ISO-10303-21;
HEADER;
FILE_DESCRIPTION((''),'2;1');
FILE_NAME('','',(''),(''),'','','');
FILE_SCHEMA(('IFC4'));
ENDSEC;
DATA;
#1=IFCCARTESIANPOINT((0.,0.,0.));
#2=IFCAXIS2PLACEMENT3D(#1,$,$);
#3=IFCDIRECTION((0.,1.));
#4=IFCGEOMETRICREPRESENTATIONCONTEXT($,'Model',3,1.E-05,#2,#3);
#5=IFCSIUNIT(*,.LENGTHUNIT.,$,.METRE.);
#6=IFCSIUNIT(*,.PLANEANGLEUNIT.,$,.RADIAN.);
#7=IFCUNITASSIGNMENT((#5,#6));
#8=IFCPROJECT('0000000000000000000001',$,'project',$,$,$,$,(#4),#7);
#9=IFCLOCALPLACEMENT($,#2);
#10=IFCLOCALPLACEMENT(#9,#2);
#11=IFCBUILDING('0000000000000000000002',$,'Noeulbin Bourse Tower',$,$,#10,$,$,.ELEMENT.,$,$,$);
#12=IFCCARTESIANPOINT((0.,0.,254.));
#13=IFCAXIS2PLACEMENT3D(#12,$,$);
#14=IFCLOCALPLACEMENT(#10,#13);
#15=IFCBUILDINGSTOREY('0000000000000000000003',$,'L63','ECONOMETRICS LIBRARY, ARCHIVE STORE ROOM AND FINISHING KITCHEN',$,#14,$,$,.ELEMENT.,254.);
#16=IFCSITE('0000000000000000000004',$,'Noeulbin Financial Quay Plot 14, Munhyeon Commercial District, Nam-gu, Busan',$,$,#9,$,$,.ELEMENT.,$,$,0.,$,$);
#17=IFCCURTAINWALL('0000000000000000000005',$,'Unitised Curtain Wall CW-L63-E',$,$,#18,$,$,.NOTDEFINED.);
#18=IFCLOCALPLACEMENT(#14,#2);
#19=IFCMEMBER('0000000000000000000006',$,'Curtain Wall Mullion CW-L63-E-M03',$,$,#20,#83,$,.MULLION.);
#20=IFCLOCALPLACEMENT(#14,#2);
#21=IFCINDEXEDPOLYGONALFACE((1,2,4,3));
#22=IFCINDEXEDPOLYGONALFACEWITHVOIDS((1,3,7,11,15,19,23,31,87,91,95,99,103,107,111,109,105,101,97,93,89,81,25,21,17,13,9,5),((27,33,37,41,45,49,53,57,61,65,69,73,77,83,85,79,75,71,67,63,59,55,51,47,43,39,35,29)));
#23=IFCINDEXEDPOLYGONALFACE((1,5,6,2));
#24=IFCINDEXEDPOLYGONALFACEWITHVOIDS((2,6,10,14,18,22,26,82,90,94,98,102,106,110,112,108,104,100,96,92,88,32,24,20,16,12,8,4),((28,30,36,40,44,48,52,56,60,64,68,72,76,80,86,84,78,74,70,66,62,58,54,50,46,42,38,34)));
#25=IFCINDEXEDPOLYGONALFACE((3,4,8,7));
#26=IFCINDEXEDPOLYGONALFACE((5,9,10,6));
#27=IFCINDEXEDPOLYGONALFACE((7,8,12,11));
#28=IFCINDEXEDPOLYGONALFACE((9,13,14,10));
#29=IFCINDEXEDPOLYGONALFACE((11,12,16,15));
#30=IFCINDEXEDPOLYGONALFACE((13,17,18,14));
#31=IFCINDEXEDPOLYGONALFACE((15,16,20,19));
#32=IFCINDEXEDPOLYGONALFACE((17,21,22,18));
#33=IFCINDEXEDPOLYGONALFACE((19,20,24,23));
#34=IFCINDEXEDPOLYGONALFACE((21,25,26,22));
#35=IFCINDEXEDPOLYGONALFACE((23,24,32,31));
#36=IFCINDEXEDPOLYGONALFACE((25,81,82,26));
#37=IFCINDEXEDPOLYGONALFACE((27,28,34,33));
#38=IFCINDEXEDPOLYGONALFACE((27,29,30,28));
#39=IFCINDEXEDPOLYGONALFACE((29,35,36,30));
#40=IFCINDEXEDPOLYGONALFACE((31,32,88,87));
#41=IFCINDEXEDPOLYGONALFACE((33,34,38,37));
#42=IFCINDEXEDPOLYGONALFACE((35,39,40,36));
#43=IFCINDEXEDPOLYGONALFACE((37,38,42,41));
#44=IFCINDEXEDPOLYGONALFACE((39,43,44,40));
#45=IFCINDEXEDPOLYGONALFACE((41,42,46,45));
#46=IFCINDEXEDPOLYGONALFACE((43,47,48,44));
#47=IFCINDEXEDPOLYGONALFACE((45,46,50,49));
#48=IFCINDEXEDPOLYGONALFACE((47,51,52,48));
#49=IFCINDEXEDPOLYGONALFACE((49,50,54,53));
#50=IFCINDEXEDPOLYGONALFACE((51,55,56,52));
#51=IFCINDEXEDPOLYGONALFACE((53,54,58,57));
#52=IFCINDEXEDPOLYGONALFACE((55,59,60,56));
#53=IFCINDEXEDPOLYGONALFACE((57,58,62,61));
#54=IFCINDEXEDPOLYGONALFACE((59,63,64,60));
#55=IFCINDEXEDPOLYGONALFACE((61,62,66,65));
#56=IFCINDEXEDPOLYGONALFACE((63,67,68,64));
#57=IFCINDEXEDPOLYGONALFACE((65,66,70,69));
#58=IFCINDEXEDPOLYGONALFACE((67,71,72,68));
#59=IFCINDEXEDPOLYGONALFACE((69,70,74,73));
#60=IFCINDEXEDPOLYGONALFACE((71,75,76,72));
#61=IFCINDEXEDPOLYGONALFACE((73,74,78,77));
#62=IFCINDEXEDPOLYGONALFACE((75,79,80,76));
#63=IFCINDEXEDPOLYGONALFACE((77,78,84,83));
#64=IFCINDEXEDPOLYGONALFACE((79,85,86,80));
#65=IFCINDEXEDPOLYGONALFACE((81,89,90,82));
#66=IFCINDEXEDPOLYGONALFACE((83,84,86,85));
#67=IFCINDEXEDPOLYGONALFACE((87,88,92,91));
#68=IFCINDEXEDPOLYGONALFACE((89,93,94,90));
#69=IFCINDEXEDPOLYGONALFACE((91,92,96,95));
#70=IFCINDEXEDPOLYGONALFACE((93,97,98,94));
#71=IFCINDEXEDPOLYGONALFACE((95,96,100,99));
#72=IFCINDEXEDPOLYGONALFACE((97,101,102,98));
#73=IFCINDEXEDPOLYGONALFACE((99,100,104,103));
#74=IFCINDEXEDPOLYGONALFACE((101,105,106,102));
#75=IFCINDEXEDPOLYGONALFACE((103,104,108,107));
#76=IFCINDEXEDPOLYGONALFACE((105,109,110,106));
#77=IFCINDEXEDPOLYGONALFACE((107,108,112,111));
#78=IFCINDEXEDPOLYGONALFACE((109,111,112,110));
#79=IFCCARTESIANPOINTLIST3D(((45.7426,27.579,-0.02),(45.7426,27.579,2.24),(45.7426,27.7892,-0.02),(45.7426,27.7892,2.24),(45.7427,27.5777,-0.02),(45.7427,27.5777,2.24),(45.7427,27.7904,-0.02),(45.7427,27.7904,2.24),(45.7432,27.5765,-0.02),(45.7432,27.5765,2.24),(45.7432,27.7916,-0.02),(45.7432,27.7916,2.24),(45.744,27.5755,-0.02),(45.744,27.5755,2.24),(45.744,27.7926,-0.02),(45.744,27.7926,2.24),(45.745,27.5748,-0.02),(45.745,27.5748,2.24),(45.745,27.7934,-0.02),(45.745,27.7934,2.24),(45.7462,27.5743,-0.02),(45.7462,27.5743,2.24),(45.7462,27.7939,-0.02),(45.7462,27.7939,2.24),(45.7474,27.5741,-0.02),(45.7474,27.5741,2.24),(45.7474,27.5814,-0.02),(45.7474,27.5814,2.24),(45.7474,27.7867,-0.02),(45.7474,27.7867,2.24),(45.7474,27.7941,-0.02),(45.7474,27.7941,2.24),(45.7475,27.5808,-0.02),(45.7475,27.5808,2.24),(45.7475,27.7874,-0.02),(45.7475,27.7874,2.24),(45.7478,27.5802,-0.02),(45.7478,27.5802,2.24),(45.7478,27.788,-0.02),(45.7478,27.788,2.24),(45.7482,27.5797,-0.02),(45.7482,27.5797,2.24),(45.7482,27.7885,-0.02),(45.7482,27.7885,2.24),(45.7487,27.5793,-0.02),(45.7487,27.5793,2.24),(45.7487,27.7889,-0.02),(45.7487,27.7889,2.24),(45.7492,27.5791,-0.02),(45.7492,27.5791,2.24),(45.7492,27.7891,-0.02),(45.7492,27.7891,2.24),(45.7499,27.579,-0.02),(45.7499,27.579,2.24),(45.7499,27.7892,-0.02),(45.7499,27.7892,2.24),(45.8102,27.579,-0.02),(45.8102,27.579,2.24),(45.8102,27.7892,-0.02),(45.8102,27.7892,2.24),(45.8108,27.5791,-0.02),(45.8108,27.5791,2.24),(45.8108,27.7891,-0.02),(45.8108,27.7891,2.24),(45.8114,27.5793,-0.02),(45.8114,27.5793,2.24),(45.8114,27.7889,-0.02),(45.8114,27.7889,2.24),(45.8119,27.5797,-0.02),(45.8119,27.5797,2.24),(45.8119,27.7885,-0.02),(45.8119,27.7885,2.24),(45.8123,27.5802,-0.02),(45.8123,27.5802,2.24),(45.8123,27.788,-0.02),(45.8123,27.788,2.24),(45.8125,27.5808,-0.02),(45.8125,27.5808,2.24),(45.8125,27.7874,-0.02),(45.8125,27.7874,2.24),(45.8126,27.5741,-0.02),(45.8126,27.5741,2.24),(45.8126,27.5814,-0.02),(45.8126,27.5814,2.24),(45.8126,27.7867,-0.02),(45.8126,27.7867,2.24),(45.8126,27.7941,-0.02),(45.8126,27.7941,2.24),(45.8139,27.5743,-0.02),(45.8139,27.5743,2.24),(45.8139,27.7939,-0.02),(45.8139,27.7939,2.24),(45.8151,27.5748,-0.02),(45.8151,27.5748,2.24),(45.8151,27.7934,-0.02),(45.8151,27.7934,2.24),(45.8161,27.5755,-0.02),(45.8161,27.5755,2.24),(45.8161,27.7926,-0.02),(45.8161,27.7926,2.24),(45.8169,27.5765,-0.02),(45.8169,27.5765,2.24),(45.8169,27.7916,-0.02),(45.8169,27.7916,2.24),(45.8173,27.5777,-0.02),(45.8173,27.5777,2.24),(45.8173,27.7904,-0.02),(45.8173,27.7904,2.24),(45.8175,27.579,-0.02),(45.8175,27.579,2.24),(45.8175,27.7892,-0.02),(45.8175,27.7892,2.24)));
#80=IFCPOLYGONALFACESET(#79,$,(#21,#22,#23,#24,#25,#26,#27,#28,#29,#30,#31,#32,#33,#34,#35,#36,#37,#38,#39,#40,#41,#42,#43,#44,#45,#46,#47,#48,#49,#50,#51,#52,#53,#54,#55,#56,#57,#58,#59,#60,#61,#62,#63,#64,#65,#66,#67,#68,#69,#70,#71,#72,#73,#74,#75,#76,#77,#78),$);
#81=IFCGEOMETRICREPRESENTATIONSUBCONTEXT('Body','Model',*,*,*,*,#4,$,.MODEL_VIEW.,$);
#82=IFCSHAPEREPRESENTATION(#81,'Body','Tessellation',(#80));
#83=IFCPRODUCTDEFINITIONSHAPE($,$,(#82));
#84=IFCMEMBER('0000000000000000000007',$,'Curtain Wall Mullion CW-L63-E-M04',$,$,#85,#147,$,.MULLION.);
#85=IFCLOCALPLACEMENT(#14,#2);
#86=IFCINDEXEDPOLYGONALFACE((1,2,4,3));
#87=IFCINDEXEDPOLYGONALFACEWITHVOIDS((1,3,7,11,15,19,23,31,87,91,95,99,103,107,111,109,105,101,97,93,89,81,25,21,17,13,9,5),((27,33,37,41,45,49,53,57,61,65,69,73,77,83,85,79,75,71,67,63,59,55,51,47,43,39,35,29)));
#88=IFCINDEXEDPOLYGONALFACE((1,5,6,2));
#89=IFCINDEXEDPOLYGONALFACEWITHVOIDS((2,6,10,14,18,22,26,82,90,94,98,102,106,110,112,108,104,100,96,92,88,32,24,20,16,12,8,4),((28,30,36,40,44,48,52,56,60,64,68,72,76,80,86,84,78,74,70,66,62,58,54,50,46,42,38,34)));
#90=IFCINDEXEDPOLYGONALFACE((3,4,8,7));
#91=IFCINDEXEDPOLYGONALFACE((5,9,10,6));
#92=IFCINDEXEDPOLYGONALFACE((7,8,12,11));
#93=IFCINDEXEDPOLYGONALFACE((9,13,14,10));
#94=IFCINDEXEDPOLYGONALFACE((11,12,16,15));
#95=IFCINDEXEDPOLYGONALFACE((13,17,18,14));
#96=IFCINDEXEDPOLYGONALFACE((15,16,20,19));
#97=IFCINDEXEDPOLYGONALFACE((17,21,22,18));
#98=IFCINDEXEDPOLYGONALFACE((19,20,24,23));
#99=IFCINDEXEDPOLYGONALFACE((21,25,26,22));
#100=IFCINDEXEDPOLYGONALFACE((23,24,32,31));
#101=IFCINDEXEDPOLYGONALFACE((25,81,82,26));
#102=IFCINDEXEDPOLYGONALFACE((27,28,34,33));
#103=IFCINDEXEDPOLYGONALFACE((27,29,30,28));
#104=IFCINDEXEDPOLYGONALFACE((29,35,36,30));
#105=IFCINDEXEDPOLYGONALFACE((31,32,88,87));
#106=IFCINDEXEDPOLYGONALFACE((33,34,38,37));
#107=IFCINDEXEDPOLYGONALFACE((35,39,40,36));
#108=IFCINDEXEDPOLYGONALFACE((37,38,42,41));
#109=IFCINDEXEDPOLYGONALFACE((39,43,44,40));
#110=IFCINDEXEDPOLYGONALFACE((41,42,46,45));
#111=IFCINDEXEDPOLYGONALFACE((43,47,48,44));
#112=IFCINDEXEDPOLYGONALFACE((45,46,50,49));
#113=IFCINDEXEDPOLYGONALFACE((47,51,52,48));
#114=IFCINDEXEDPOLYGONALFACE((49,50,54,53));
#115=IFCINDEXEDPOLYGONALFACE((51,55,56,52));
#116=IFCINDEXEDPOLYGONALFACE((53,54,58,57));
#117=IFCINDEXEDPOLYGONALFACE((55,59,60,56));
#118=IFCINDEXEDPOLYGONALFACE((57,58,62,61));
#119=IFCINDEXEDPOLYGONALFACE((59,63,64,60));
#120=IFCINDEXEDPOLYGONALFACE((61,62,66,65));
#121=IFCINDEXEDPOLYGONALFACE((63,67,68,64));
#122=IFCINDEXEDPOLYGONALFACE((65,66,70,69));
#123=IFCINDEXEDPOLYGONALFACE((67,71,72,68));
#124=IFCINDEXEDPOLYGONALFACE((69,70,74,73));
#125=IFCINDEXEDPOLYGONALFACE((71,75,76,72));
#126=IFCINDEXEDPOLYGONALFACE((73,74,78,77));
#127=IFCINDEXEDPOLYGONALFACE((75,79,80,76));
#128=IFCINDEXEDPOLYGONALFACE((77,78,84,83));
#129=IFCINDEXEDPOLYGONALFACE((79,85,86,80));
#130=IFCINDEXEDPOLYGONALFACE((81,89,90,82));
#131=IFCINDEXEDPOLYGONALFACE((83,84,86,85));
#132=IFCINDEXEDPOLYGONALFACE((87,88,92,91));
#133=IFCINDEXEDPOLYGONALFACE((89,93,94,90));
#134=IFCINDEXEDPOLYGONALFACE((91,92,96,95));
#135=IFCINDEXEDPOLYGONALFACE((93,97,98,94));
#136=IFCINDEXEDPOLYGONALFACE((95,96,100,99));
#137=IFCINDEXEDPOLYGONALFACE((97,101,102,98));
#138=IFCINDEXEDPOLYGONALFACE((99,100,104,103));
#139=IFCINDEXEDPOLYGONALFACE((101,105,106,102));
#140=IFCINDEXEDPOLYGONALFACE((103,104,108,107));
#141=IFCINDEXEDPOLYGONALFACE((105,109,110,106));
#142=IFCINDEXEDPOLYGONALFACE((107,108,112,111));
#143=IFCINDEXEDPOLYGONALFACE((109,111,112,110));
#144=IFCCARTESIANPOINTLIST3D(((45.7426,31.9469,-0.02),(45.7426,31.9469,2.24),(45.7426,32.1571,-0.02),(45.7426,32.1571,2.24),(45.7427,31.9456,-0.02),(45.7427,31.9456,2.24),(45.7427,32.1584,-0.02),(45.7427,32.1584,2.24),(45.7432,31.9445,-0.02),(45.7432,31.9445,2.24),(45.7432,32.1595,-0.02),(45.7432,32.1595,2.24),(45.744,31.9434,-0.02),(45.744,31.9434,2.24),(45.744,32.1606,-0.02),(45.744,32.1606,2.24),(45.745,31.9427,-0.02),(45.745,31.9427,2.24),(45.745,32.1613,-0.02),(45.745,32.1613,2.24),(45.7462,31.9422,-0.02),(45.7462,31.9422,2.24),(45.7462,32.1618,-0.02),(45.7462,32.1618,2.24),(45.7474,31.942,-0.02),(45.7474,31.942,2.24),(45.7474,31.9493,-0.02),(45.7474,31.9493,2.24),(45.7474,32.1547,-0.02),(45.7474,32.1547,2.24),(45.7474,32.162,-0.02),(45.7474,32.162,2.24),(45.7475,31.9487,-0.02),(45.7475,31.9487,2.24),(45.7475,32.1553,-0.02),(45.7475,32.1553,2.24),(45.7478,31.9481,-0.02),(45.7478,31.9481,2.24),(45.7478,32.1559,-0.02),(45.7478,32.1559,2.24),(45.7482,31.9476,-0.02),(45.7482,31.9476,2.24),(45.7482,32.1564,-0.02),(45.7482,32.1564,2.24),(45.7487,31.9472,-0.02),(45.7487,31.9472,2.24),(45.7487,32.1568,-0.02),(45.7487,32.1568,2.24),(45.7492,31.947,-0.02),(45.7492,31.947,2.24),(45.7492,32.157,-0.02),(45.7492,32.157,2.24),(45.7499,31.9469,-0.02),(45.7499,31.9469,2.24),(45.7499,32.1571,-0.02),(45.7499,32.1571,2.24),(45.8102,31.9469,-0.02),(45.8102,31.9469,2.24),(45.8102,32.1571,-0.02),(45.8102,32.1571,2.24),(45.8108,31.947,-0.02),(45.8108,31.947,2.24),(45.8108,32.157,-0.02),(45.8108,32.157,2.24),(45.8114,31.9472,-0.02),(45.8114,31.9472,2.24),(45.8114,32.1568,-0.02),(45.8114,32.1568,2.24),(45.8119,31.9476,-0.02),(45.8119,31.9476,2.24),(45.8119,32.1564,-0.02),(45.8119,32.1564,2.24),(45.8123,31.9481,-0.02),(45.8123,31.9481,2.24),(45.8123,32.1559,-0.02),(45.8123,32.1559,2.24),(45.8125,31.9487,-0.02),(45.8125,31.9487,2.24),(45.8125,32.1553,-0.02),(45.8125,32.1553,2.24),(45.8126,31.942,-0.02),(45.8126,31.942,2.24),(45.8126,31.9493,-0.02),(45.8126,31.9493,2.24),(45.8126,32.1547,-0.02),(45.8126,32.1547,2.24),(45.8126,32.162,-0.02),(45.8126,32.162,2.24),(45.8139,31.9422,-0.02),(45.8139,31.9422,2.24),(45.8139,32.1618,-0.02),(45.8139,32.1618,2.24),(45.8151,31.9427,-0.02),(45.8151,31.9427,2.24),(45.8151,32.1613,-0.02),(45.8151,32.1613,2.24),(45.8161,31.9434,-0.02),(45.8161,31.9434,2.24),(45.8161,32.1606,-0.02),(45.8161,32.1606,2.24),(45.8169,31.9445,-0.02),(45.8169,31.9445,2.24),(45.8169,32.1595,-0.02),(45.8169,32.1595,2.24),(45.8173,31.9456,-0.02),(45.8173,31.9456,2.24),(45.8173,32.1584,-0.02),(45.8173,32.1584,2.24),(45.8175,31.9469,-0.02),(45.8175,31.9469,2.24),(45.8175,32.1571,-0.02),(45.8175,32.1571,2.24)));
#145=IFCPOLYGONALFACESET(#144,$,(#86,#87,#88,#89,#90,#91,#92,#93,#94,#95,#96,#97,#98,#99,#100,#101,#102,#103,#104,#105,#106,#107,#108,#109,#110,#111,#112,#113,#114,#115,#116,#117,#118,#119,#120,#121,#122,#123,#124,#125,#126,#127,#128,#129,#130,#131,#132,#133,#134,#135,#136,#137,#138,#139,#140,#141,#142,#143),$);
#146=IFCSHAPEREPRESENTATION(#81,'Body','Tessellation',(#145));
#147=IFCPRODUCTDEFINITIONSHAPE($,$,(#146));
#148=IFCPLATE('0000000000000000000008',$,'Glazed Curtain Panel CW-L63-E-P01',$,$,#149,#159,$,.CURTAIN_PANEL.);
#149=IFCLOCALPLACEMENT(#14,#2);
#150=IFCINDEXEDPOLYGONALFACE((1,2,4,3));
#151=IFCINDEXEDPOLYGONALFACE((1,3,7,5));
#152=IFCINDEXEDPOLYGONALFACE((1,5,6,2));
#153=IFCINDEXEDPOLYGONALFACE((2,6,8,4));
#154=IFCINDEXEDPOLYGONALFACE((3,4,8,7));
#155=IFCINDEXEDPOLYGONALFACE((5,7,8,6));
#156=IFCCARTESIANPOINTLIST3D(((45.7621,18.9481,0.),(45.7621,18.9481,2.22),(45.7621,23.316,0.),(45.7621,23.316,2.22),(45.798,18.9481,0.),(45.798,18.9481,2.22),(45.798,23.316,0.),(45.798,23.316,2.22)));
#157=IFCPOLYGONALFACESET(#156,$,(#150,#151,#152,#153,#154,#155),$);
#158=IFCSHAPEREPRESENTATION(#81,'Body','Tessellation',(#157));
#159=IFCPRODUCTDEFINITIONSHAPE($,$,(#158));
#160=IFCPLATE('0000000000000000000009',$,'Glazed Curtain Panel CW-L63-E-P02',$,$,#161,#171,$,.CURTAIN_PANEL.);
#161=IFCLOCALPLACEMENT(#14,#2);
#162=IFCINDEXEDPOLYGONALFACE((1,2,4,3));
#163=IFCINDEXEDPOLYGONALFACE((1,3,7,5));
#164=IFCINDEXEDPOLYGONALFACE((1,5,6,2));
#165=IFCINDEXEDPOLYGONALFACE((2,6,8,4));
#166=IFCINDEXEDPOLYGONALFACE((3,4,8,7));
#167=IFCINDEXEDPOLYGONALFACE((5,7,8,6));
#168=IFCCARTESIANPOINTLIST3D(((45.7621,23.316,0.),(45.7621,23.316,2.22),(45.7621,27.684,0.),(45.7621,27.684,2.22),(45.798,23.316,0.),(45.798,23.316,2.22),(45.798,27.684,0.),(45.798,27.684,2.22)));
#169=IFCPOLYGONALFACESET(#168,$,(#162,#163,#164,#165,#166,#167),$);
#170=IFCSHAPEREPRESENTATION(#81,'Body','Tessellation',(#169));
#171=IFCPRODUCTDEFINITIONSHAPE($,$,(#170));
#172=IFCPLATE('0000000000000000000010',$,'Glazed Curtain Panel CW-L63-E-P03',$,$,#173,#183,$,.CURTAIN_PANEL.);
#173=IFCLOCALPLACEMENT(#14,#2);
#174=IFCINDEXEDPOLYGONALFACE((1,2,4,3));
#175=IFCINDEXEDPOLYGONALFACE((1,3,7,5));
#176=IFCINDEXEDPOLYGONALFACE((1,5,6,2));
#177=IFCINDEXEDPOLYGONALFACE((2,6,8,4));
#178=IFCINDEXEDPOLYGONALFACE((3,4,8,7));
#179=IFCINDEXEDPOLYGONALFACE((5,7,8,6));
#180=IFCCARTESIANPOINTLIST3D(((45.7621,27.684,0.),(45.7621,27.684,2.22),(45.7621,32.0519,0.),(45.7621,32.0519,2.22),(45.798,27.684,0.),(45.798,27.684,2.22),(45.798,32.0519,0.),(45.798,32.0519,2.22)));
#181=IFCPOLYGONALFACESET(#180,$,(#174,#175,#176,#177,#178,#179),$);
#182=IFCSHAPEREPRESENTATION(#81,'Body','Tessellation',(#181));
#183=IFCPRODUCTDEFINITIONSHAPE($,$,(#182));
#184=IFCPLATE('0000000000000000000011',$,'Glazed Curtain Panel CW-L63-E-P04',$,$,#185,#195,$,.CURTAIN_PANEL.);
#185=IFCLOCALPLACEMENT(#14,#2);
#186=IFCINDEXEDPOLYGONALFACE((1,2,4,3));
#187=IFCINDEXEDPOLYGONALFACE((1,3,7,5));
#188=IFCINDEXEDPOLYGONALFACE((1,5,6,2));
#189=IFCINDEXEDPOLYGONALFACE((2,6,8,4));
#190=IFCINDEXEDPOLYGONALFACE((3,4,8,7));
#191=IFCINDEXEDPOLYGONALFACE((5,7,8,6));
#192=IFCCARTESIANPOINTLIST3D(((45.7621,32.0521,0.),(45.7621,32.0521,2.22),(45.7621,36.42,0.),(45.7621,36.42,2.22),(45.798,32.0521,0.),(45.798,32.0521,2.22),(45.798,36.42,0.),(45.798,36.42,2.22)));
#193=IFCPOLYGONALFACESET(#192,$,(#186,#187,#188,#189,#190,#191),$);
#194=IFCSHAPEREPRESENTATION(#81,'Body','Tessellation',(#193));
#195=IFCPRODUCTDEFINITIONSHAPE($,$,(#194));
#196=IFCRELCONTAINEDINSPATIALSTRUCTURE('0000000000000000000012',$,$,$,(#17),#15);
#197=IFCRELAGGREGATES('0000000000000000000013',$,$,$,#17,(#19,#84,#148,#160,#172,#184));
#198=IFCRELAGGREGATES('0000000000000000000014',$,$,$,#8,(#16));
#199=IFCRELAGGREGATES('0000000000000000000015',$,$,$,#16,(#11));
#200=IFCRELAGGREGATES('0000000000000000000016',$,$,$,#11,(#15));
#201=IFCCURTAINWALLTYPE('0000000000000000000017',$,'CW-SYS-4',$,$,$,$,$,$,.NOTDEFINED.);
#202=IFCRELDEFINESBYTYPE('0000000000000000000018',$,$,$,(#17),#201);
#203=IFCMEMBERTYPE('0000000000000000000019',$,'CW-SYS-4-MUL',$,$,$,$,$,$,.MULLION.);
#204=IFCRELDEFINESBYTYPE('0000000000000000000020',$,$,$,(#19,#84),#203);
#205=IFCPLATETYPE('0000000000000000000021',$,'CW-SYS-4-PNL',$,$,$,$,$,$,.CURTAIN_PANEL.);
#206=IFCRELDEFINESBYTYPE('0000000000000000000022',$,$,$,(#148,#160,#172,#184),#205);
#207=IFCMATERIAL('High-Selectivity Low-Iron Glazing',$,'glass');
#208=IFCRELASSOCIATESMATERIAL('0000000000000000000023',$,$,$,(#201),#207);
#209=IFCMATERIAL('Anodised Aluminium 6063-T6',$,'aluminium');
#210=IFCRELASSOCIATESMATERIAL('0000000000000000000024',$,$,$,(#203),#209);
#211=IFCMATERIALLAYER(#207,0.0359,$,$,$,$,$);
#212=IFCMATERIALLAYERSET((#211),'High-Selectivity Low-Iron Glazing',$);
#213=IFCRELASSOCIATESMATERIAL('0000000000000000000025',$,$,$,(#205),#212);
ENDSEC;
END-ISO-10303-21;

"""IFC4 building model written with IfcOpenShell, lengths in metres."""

from ifc_helpers import new_model, si_unit, direction, frame, origin, origin_2d, place, context, subcontext, project, spatial, rectangle, hollow_rectangle, extrude, material, layer, layer_set, material_profile, profile_set, type_object, element, aggregate, save


model = new_model("IFC4")

# Units and contexts
model_context = context("Model", 3, precision=1e-05, world=origin(), true_north=direction((0.0, 1.0)))
body_context = subcontext(model_context, "Body", "Model", "MODEL_VIEW")
ifc_project = project(units=[si_unit("LENGTHUNIT", "METRE"), si_unit("PLANEANGLEUNIT", "RADIAN")], contexts=[model_context])

# Site, building, storey
site_placement = place(None, origin())
site = spatial("IfcSite", under=ifc_project, at=site_placement, Name="Noeulbin Financial Quay Plot 14, Munhyeon Commercial District, Nam-gu, Busan", CompositionType="ELEMENT", RefElevation=0.0)
building_placement = place(site_placement, origin())
building = spatial("IfcBuilding", under=site, at=building_placement, Name="Noeulbin Bourse Tower", CompositionType="ELEMENT")
storey_placement = place(building_placement, frame((0.0, 0.0, 254.0)))
storey = spatial("IfcBuildingStorey", under=building, at=storey_placement, Name="L63", Description="ECONOMETRICS LIBRARY, ARCHIVE STORE ROOM AND FINISHING KITCHEN", CompositionType="ELEMENT", Elevation=254.0)

# Curtain wall, members, plates
ifc_material_1 = material(Name="High-Selectivity Low-Iron Glazing", Category="glass")
curtain_wall_type = type_object("IfcCurtainWallType", Name="CW-SYS-4", PredefinedType="NOTDEFINED", material=ifc_material_1)
curtain_wall_placement = place(storey_placement, origin())
curtain_wall = element("IfcCurtainWall", 1, at=curtain_wall_placement, inside=storey, type_object=curtain_wall_type, Name="Unitised Curtain Wall CW-L63-E", PredefinedType="NOTDEFINED")
ifc_material_2 = material(Name="Anodised Aluminium 6063-T6", Category="aluminium")
ifc_material_profile_1 = material_profile(ifc_material_2, hollow_rectangle(XDim=0.075, YDim=0.22, WallThickness=0.0049, InnerFilletRadius=0.0024, OuterFilletRadius=0.0049, at=origin_2d()), Name="ALU-MULL-75x220x5", Category="LoadBearing")
ifc_profile_set_1 = profile_set([ifc_material_profile_1], Name="Anodised Aluminium 6063-T6")
member_type = type_object("IfcMemberType", Name="CW-SYS-4-MUL", PredefinedType="MULLION", material=ifc_profile_set_1)
member_1_placement = place(storey_placement, frame((45.78, 27.6841, -0.02), z_axis=(0.0, 0.0, 1.0), x_axis=(1.0, 0.0, 0.0)))
member_1 = element("IfcMember", 2, at=member_1_placement, type_object=member_type, Name="Curtain Wall Mullion CW-L63-E-M03", PredefinedType="MULLION", context=body_context, shape_type="SweptSolid", body=[
    extrude(hollow_rectangle(XDim=0.075, YDim=0.22, WallThickness=0.0049, InnerFilletRadius=0.0024, OuterFilletRadius=0.0049, at=origin_2d()), origin(), (0.0, 0.0, 1.0), 2.26),
])
member_2_placement = place(storey_placement, frame((45.78, 32.052, -0.02), z_axis=(0.0, 0.0, 1.0), x_axis=(1.0, 0.0, 0.0)))
member_2 = element("IfcMember", 3, at=member_2_placement, type_object=member_type, Name="Curtain Wall Mullion CW-L63-E-M04", PredefinedType="MULLION", context=body_context, shape_type="SweptSolid", body=[
    extrude(hollow_rectangle(XDim=0.075, YDim=0.22, WallThickness=0.0049, InnerFilletRadius=0.0024, OuterFilletRadius=0.0049, at=origin_2d()), origin(), (0.0, 0.0, 1.0), 2.26),
])
ifc_layer_1 = layer(ifc_material_1, 0.0359)
ifc_layer_set_1 = layer_set([ifc_layer_1], Name="High-Selectivity Low-Iron Glazing")
plate_type_1 = type_object("IfcPlateType", Name="CW-SYS-4-PNL", PredefinedType="CURTAIN_PANEL", material=ifc_layer_set_1)
plate_1_placement = place(storey_placement, frame((45.78, 21.1321, 0.0), z_axis=(0.0, 0.0, 1.0), x_axis=(0.0, 1.0, 0.0)))
plate_1 = element("IfcPlate", 4, at=plate_1_placement, type_object=plate_type_1, Name="Glazed Curtain Panel CW-L63-E-P01", PredefinedType="CURTAIN_PANEL", context=body_context, shape_type="SweptSolid", body=[
    extrude(rectangle(XDim=4.3679, YDim=0.0359, at=origin_2d()), origin(), (0.0, 0.0, 1.0), 2.22),
])
plate_2_placement = place(storey_placement, frame((45.78, 25.5, 0.0), z_axis=(0.0, 0.0, 1.0), x_axis=(0.0, 1.0, 0.0)))
plate_2 = element("IfcPlate", 5, at=plate_2_placement, type_object=plate_type_1, Name="Glazed Curtain Panel CW-L63-E-P02", PredefinedType="CURTAIN_PANEL", context=body_context, shape_type="SweptSolid", body=[
    extrude(rectangle(XDim=4.3679, YDim=0.0359, at=origin_2d()), origin(), (0.0, 0.0, 1.0), 2.22),
])
plate_3_placement = place(storey_placement, frame((45.78, 29.8679, 0.0), z_axis=(0.0, 0.0, 1.0), x_axis=(0.0, 1.0, 0.0)))
plate_3 = element("IfcPlate", 6, at=plate_3_placement, type_object=plate_type_1, Name="Glazed Curtain Panel CW-L63-E-P03", PredefinedType="CURTAIN_PANEL", context=body_context, shape_type="SweptSolid", body=[
    extrude(rectangle(XDim=4.3679, YDim=0.0359, at=origin_2d()), origin(), (0.0, 0.0, 1.0), 2.22),
])
plate_4_placement = place(storey_placement, frame((45.78, 34.2361, 0.0), z_axis=(0.0, 0.0, 1.0), x_axis=(0.0, 1.0, 0.0)))
plate_4 = element("IfcPlate", 7, at=plate_4_placement, type_object=plate_type_1, Name="Glazed Curtain Panel CW-L63-E-P04", PredefinedType="CURTAIN_PANEL", context=body_context, shape_type="SweptSolid", body=[
    extrude(rectangle(XDim=4.3679, YDim=0.0359, at=origin_2d()), origin(), (0.0, 0.0, 1.0), 2.22),
])
aggregate(curtain_wall, [member_1, member_2, plate_1, plate_2, plate_3, plate_4])

save(model, "model.ifc")
